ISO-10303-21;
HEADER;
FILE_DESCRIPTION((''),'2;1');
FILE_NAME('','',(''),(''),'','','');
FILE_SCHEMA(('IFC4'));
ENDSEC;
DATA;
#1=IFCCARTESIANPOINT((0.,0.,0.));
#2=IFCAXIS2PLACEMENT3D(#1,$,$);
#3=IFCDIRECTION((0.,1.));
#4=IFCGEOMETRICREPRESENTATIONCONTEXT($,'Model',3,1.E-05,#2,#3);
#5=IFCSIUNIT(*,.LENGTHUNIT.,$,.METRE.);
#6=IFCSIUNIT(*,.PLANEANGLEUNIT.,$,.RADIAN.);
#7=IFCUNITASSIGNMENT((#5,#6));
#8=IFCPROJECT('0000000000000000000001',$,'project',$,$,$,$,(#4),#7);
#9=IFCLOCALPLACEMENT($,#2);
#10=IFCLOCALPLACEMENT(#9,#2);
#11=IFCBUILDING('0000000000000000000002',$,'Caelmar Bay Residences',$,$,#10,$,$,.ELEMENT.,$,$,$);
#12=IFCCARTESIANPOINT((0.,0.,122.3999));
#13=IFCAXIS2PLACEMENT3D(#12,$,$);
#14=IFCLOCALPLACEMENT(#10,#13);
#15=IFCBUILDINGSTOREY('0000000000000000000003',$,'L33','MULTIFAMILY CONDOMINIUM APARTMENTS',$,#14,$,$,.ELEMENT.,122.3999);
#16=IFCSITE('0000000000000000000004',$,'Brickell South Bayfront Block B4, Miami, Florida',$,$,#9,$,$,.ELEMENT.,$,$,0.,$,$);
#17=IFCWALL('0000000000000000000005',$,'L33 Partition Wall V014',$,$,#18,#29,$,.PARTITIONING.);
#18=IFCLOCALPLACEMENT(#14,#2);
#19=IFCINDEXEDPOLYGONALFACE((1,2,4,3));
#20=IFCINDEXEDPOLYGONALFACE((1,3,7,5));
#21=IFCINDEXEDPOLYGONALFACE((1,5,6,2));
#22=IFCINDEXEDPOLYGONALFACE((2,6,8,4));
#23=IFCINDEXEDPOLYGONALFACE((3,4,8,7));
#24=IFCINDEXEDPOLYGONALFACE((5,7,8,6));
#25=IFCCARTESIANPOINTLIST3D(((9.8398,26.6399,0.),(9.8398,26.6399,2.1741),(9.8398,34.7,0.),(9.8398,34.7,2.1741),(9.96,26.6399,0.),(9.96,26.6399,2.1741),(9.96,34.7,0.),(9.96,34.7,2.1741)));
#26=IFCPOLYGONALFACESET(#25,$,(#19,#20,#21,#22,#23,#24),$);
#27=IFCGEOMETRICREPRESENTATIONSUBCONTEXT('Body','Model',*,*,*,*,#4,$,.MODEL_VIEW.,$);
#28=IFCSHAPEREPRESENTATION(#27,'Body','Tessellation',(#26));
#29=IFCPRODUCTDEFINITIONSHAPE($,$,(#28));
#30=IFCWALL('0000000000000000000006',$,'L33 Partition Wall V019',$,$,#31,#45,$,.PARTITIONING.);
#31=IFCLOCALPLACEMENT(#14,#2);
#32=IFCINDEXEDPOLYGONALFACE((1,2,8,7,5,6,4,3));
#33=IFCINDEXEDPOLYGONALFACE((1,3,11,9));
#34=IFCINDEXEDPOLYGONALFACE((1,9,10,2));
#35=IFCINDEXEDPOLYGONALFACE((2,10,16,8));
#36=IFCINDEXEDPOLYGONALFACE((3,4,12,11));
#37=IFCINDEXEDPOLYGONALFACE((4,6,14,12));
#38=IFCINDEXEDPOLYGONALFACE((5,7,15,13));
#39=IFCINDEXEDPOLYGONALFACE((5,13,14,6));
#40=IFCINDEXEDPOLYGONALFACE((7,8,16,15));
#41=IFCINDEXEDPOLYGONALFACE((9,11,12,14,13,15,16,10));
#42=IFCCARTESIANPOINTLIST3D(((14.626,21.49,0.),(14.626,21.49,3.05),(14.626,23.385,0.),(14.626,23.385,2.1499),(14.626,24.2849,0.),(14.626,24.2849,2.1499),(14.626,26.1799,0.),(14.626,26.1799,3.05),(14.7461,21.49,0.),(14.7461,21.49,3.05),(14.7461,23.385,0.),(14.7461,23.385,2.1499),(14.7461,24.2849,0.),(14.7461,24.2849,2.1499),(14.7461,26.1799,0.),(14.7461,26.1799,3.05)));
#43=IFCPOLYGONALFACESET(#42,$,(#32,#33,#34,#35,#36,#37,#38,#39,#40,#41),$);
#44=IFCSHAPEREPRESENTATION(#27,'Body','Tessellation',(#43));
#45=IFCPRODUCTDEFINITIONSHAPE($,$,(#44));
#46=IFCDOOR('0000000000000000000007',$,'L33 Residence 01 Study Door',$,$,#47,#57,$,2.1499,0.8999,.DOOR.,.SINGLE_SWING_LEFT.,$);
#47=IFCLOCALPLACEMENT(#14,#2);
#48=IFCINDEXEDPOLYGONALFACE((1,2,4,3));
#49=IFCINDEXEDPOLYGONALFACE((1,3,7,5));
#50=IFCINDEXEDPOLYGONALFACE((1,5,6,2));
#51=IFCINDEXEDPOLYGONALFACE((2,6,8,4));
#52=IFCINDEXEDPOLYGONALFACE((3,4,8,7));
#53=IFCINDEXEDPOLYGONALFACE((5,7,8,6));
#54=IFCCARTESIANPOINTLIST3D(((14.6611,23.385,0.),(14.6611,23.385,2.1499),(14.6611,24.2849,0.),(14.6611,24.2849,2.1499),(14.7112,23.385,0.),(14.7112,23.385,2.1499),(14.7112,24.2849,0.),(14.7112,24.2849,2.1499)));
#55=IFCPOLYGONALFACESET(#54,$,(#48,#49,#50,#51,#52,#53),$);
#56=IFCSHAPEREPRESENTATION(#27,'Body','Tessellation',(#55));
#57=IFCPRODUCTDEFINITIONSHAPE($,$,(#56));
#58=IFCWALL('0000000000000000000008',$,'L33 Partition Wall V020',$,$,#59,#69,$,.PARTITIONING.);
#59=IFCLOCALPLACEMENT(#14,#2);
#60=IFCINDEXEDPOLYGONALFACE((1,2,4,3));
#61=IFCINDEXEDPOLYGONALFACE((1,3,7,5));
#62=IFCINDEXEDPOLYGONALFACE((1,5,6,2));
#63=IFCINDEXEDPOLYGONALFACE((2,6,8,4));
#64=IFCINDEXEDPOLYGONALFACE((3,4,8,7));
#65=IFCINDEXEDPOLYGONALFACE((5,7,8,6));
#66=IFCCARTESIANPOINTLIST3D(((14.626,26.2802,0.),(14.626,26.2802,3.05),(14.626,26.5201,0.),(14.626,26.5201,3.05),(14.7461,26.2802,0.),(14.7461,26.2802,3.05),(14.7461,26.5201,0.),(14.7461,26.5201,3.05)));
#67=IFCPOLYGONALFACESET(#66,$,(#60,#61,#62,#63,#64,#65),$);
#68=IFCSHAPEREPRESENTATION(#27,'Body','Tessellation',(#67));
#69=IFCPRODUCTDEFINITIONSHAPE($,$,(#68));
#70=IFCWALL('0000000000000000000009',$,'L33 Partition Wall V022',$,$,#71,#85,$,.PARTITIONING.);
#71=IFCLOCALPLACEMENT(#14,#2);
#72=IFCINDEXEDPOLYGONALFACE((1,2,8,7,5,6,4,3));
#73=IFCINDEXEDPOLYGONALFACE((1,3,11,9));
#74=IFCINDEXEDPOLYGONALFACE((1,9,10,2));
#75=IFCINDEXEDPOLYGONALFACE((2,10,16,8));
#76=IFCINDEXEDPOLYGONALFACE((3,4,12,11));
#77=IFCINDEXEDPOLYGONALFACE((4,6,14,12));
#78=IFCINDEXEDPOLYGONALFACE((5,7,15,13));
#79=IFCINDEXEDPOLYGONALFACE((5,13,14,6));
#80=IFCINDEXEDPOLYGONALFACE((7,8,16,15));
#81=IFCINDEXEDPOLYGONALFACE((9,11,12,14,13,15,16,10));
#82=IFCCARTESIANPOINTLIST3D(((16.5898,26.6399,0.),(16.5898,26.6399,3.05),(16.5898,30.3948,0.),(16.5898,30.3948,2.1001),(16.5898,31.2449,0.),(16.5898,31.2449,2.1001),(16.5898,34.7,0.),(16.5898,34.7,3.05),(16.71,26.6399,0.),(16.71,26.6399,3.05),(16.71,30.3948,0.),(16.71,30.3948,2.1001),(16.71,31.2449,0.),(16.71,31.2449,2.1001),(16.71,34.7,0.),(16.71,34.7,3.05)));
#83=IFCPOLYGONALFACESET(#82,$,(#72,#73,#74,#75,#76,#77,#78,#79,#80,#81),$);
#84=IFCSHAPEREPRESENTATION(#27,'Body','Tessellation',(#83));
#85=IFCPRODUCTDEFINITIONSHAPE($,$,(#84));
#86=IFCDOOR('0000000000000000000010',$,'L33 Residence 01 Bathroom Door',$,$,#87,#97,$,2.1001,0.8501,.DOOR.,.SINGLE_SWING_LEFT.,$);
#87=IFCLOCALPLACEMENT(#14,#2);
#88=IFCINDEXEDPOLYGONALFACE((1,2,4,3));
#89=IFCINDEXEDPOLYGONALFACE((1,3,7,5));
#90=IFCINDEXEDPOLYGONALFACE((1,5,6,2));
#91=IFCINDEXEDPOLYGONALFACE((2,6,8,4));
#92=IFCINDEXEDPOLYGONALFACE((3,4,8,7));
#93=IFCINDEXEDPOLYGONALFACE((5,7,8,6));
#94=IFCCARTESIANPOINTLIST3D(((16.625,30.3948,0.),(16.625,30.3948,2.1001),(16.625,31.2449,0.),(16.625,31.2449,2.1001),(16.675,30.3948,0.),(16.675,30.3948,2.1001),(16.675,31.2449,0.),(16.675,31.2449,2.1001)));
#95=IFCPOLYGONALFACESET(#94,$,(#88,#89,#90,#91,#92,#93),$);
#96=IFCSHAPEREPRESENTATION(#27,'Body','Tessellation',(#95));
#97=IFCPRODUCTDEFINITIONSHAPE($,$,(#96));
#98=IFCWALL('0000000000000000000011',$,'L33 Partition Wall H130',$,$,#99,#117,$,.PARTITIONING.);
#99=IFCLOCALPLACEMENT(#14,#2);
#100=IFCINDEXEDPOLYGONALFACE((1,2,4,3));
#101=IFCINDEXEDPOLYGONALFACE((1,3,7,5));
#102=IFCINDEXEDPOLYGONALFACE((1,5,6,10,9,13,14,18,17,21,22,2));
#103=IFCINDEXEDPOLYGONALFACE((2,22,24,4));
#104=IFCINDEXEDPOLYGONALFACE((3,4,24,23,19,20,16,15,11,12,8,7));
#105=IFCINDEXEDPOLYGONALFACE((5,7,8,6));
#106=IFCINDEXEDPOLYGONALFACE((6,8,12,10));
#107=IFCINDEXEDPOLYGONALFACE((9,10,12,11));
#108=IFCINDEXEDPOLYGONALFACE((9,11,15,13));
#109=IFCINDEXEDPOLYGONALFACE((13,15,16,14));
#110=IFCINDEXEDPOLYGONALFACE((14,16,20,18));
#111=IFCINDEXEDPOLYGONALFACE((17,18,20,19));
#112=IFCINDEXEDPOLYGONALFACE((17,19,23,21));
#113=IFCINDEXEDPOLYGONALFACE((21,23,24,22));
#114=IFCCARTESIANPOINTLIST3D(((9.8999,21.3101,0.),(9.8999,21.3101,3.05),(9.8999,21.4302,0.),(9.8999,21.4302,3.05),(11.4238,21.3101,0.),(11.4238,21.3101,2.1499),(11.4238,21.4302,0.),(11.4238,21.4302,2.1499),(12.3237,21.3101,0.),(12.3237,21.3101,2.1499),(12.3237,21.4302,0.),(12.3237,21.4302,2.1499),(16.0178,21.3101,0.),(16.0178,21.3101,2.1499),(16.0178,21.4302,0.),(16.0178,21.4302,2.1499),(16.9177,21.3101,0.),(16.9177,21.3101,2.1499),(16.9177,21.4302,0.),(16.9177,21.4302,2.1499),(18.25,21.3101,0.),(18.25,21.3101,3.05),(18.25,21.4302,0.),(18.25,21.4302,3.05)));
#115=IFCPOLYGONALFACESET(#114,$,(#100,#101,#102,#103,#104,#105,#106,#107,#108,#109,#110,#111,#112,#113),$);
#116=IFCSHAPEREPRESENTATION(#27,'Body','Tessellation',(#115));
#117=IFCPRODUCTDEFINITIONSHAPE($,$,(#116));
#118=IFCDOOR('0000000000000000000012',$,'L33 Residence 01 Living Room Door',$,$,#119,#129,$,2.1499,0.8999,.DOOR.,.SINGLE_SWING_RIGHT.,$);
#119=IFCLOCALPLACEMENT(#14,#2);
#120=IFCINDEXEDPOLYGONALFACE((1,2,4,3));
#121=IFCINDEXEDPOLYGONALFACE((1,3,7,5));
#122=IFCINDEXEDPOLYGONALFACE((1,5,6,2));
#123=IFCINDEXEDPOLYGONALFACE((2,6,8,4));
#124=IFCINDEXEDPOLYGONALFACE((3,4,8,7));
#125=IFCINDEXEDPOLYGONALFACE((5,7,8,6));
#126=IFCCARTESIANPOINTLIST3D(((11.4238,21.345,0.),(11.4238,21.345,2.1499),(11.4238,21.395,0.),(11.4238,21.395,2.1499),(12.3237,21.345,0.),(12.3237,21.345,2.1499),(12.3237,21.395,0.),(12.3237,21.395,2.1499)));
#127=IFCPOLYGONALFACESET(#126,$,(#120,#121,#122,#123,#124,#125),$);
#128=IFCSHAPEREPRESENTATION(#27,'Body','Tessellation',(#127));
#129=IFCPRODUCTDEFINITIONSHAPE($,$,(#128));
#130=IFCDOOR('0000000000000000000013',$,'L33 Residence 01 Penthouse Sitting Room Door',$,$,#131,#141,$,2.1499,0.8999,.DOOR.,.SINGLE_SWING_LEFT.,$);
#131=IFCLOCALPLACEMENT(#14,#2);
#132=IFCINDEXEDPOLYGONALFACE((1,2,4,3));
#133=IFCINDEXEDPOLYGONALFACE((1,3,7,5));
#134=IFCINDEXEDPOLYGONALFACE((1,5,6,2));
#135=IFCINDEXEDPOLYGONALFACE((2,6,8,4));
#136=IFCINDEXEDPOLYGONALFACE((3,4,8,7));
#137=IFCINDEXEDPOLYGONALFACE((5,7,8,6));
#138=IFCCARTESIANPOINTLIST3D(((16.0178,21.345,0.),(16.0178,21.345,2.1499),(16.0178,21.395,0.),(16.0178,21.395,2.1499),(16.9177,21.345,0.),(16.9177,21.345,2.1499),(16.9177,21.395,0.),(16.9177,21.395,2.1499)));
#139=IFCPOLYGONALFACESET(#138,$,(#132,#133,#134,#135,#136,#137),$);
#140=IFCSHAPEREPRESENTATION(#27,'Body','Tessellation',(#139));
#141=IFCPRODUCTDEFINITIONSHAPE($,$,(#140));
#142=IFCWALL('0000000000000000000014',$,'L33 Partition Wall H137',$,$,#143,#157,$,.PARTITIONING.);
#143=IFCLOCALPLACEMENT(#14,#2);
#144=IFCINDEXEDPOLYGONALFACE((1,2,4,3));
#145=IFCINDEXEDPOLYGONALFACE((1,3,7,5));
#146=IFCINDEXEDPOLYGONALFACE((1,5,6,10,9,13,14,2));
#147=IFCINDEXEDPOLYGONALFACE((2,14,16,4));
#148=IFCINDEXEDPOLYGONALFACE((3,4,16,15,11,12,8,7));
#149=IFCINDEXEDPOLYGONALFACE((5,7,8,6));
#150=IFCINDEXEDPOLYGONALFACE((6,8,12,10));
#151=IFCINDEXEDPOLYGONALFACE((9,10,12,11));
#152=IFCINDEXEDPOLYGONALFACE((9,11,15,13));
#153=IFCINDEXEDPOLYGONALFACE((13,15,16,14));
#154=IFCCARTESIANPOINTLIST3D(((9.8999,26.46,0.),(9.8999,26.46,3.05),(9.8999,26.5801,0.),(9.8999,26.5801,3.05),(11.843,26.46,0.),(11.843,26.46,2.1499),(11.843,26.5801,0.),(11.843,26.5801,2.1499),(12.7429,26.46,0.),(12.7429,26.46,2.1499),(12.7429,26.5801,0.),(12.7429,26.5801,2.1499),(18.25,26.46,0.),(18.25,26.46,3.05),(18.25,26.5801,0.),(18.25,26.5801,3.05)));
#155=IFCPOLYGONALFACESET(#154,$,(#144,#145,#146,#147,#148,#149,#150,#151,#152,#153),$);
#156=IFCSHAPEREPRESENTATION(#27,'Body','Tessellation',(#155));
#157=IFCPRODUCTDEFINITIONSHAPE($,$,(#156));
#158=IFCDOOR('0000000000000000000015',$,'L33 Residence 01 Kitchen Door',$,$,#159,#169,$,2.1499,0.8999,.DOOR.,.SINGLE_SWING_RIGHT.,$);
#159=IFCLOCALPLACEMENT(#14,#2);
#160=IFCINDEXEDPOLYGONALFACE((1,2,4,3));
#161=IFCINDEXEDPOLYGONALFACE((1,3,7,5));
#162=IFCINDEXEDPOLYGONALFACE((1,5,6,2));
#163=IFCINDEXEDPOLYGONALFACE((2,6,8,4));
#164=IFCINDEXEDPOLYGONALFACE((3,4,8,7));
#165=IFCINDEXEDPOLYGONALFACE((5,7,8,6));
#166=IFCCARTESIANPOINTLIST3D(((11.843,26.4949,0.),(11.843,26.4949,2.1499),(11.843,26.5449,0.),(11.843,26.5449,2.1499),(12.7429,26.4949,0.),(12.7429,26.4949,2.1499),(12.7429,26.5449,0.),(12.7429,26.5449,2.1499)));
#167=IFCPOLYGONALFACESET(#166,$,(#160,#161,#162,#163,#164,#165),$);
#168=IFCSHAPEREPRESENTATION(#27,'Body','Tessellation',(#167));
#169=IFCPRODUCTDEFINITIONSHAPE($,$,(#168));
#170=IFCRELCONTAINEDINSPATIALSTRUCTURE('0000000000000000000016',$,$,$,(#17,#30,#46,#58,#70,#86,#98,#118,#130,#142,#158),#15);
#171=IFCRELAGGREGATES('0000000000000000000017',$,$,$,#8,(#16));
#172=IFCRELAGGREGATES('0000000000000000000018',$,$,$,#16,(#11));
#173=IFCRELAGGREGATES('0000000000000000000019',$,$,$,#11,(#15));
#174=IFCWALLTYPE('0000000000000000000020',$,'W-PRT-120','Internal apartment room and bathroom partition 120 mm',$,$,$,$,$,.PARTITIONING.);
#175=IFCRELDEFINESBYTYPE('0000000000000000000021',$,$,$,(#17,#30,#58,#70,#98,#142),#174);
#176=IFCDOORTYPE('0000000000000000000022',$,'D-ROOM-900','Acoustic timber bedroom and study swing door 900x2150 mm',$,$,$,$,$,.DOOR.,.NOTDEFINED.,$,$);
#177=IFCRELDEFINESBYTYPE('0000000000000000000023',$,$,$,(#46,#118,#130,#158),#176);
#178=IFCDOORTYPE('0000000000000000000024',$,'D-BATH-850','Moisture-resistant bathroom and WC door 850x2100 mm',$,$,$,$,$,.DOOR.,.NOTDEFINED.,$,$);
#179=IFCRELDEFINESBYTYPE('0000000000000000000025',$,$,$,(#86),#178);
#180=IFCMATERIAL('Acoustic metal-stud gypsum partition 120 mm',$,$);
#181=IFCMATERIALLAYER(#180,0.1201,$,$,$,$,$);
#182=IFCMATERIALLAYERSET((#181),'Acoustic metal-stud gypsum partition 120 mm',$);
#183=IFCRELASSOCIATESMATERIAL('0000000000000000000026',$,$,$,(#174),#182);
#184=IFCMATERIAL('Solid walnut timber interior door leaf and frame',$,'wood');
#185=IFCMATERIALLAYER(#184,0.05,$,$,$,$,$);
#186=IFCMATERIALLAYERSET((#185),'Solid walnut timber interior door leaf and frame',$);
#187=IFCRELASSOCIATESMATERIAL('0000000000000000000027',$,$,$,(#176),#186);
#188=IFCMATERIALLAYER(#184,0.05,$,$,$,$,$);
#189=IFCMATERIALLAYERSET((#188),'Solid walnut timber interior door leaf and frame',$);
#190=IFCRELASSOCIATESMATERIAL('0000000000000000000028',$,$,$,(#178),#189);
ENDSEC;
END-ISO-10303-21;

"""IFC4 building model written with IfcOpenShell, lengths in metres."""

from ifc_helpers import new_model, si_unit, direction, frame, frame_2d, origin, place, context, subcontext, project, spatial, rectangle, extrude, material, layer, layer_set, type_object, element, fill, save


model = new_model("IFC4")

# Units and contexts
model_context = context("Model", 3, precision=1e-05, world=origin(), true_north=direction((0.0, 1.0)))
body_context = subcontext(model_context, "Body", "Model", "MODEL_VIEW")
ifc_project = project(units=[si_unit("LENGTHUNIT", "METRE"), si_unit("PLANEANGLEUNIT", "RADIAN")], contexts=[model_context])

# Site, building, storey
site_placement = place(None, origin())
site = spatial("IfcSite", under=ifc_project, at=site_placement, Name="Brickell South Bayfront Block B4, Miami, Florida", CompositionType="ELEMENT", RefElevation=0.0)
building_placement = place(site_placement, origin())
building = spatial("IfcBuilding", under=site, at=building_placement, Name="Caelmar Bay Residences", CompositionType="ELEMENT")
storey_placement = place(building_placement, frame((0.0, 0.0, 122.3999)))
storey = spatial("IfcBuildingStorey", under=building, at=storey_placement, Name="L33", Description="MULTIFAMILY CONDOMINIUM APARTMENTS", CompositionType="ELEMENT", Elevation=122.3999)

# Shared definitions
ifc_material_1 = material(Name="Acoustic metal-stud gypsum partition 120 mm")
ifc_layer_1 = layer(ifc_material_1, 0.1201)
ifc_layer_set_1 = layer_set([ifc_layer_1], Name="Acoustic metal-stud gypsum partition 120 mm")
wall_type_1 = type_object("IfcWallType", Name="W-PRT-120", Description="Internal apartment room and bathroom partition 120 mm", PredefinedType="PARTITIONING", material=ifc_layer_set_1)

# Shared definitions
ifc_material_2 = material(Name="Solid walnut timber interior door leaf and frame", Category="wood")
ifc_layer_2 = layer(ifc_material_2, 0.05)
ifc_layer_set_2 = layer_set([ifc_layer_2], Name="Solid walnut timber interior door leaf and frame")
door_type_1 = type_object("IfcDoorType", Name="D-ROOM-900", Description="Acoustic timber bedroom and study swing door 900x2150 mm", OperationType="NOTDEFINED", PredefinedType="DOOR", material=ifc_layer_set_2)

# Wall
wall_1_placement = place(storey_placement, frame((9.8999, 26.6399, 0.0), z_axis=(0.0, 0.0, 1.0), x_axis=(0.0, 1.0, 0.0)))
element("IfcWall", 1, at=wall_1_placement, inside=storey, type_object=wall_type_1, Name="L33 Partition Wall V014", PredefinedType="PARTITIONING", context=body_context, shape_type="SweptSolid", body=[
    extrude(rectangle(XDim=8.0601, YDim=0.1201, at=frame_2d((4.03, 0.0))), origin(), (0.0, 0.0, 1.0), 2.1741),
])

# Wall, opening, door
wall_2_placement = place(storey_placement, frame((14.686, 21.49, 0.0), z_axis=(0.0, 0.0, 1.0), x_axis=(0.0, 1.0, 0.0)))
wall_2 = element("IfcWall", 2, at=wall_2_placement, inside=storey, type_object=wall_type_1, Name="L33 Partition Wall V019", PredefinedType="PARTITIONING", context=body_context, shape_type="SweptSolid", body=[
    extrude(rectangle(XDim=4.6899, YDim=0.1201, at=frame_2d((2.345, 0.0))), origin(), (0.0, 0.0, 1.0), 3.05),
])
opening_1_placement = place(wall_2_placement, frame((1.895, 0.0, 0.0)))
opening_1 = element("IfcOpeningElement", 3, at=opening_1_placement, cuts=wall_2, PredefinedType="OPENING", context=body_context, shape_type="SweptSolid", body=[
    extrude(rectangle(XDim=0.8999, YDim=2.1499, at=frame_2d((0.45, 1.075))), frame((0.0, 0.0701, 0.0), z_axis=(0.0, -1.0, 0.0), x_axis=(1.0, 0.0, 0.0)), (0.0, 0.0, 1.0), 0.1401),
])
door_1_placement = place(opening_1_placement, origin())
door_1 = element("IfcDoor", 4, at=door_1_placement, inside=storey, type_object=door_type_1, Name="L33 Residence 01 Study Door", OperationType="SINGLE_SWING_LEFT", OverallHeight=2.1499, OverallWidth=0.8999, PredefinedType="DOOR", context=body_context, shape_type="SweptSolid", body=[
    extrude(rectangle(XDim=0.8999, YDim=2.1499, at=frame_2d((0.45, 1.075))), frame((0.0, 0.0249, 0.0), z_axis=(0.0, -1.0, 0.0), x_axis=(1.0, 0.0, 0.0)), (0.0, 0.0, 1.0), 0.05),
])
fill(opening_1, door_1)

# Wall
wall_3_placement = place(storey_placement, frame((14.686, 26.28, 0.0), z_axis=(0.0, 0.0, 1.0), x_axis=(0.0, 1.0, 0.0)))
element("IfcWall", 5, at=wall_3_placement, inside=storey, type_object=wall_type_1, Name="L33 Partition Wall V020", PredefinedType="PARTITIONING", context=body_context, shape_type="SweptSolid", body=[
    extrude(rectangle(XDim=0.24, YDim=0.1201, at=frame_2d((0.1201, 0.0))), origin(), (0.0, 0.0, 1.0), 3.05),
])

# Wall, opening, door
wall_4_placement = place(storey_placement, frame((16.6499, 26.6399, 0.0), z_axis=(0.0, 0.0, 1.0), x_axis=(0.0, 1.0, 0.0)))
wall_4 = element("IfcWall", 6, at=wall_4_placement, inside=storey, type_object=wall_type_1, Name="L33 Partition Wall V022", PredefinedType="PARTITIONING", context=body_context, shape_type="SweptSolid", body=[
    extrude(rectangle(XDim=8.0601, YDim=0.1201, at=frame_2d((4.03, 0.0))), origin(), (0.0, 0.0, 1.0), 3.05),
])
opening_2_placement = place(wall_4_placement, frame((3.7549, 0.0, 0.0)))
opening_2 = element("IfcOpeningElement", 7, at=opening_2_placement, cuts=wall_4, PredefinedType="OPENING", context=body_context, shape_type="SweptSolid", body=[
    extrude(rectangle(XDim=0.8501, YDim=2.1001, at=frame_2d((0.425, 1.05))), frame((0.0, 0.0701, 0.0), z_axis=(0.0, -1.0, 0.0), x_axis=(1.0, 0.0, 0.0)), (0.0, 0.0, 1.0), 0.1401),
])
ifc_layer_3 = layer(ifc_material_2, 0.05)
ifc_layer_set_3 = layer_set([ifc_layer_3], Name="Solid walnut timber interior door leaf and frame")
door_type_2 = type_object("IfcDoorType", Name="D-BATH-850", Description="Moisture-resistant bathroom and WC door 850x2100 mm", OperationType="NOTDEFINED", PredefinedType="DOOR", material=ifc_layer_set_3)
door_2_placement = place(opening_2_placement, origin())
door_2 = element("IfcDoor", 8, at=door_2_placement, inside=storey, type_object=door_type_2, Name="L33 Residence 01 Bathroom Door", OperationType="SINGLE_SWING_LEFT", OverallHeight=2.1001, OverallWidth=0.8501, PredefinedType="DOOR", context=body_context, shape_type="SweptSolid", body=[
    extrude(rectangle(XDim=0.8501, YDim=2.1001, at=frame_2d((0.425, 1.05))), frame((0.0, 0.0249, 0.0), z_axis=(0.0, -1.0, 0.0), x_axis=(1.0, 0.0, 0.0)), (0.0, 0.0, 1.0), 0.05),
])
fill(opening_2, door_2)

# Wall, openings, doors
wall_5_placement = place(storey_placement, frame((9.8999, 21.3701, 0.0), z_axis=(0.0, 0.0, 1.0), x_axis=(1.0, 0.0, 0.0)))
wall_5 = element("IfcWall", 9, at=wall_5_placement, inside=storey, type_object=wall_type_1, Name="L33 Partition Wall H130", PredefinedType="PARTITIONING", context=body_context, shape_type="SweptSolid", body=[
    extrude(rectangle(XDim=8.3501, YDim=0.1201, at=frame_2d((4.175, 0.0))), origin(), (0.0, 0.0, 1.0), 3.05),
])
opening_3_placement = place(wall_5_placement, frame((1.5239, 0.0, 0.0)))
opening_3 = element("IfcOpeningElement", 10, at=opening_3_placement, cuts=wall_5, PredefinedType="OPENING", context=body_context, shape_type="SweptSolid", body=[
    extrude(rectangle(XDim=0.8999, YDim=2.1499, at=frame_2d((0.45, 1.075))), frame((0.0, 0.0701, 0.0), z_axis=(0.0, -1.0, 0.0), x_axis=(1.0, 0.0, 0.0)), (0.0, 0.0, 1.0), 0.1401),
])
opening_4_placement = place(wall_5_placement, frame((6.1179, 0.0, 0.0)))
opening_4 = element("IfcOpeningElement", 11, at=opening_4_placement, cuts=wall_5, PredefinedType="OPENING", context=body_context, shape_type="SweptSolid", body=[
    extrude(rectangle(XDim=0.8999, YDim=2.1499, at=frame_2d((0.45, 1.075))), frame((0.0, 0.0701, 0.0), z_axis=(0.0, -1.0, 0.0), x_axis=(1.0, 0.0, 0.0)), (0.0, 0.0, 1.0), 0.1401),
])
door_3_placement = place(opening_3_placement, origin())
door_3 = element("IfcDoor", 12, at=door_3_placement, inside=storey, type_object=door_type_1, Name="L33 Residence 01 Living Room Door", OperationType="SINGLE_SWING_RIGHT", OverallHeight=2.1499, OverallWidth=0.8999, PredefinedType="DOOR", context=body_context, shape_type="SweptSolid", body=[
    extrude(rectangle(XDim=0.8999, YDim=2.1499, at=frame_2d((0.45, 1.075))), frame((0.0, 0.0249, 0.0), z_axis=(0.0, -1.0, 0.0), x_axis=(1.0, 0.0, 0.0)), (0.0, 0.0, 1.0), 0.05),
])
fill(opening_3, door_3)
door_4_placement = place(opening_4_placement, origin())
door_4 = element("IfcDoor", 13, at=door_4_placement, inside=storey, type_object=door_type_1, Name="L33 Residence 01 Penthouse Sitting Room Door", OperationType="SINGLE_SWING_LEFT", OverallHeight=2.1499, OverallWidth=0.8999, PredefinedType="DOOR", context=body_context, shape_type="SweptSolid", body=[
    extrude(rectangle(XDim=0.8999, YDim=2.1499, at=frame_2d((0.45, 1.075))), frame((0.0, 0.0249, 0.0), z_axis=(0.0, -1.0, 0.0), x_axis=(1.0, 0.0, 0.0)), (0.0, 0.0, 1.0), 0.05),
])
fill(opening_4, door_4)

# Wall, opening, door
wall_6_placement = place(storey_placement, frame((9.8999, 26.52, 0.0), z_axis=(0.0, 0.0, 1.0), x_axis=(1.0, 0.0, 0.0)))
wall_6 = element("IfcWall", 14, at=wall_6_placement, inside=storey, type_object=wall_type_1, Name="L33 Partition Wall H137", PredefinedType="PARTITIONING", context=body_context, shape_type="SweptSolid", body=[
    extrude(rectangle(XDim=8.3501, YDim=0.1201, at=frame_2d((4.175, 0.0))), origin(), (0.0, 0.0, 1.0), 3.05),
])
opening_5_placement = place(wall_6_placement, frame((1.9431, 0.0, 0.0)))
opening_5 = element("IfcOpeningElement", 15, at=opening_5_placement, cuts=wall_6, PredefinedType="OPENING", context=body_context, shape_type="SweptSolid", body=[
    extrude(rectangle(XDim=0.8999, YDim=2.1499, at=frame_2d((0.45, 1.075))), frame((0.0, 0.0701, 0.0), z_axis=(0.0, -1.0, 0.0), x_axis=(1.0, 0.0, 0.0)), (0.0, 0.0, 1.0), 0.1401),
])
door_5_placement = place(opening_5_placement, origin())
door_5 = element("IfcDoor", 16, at=door_5_placement, inside=storey, type_object=door_type_1, Name="L33 Residence 01 Kitchen Door", OperationType="SINGLE_SWING_RIGHT", OverallHeight=2.1499, OverallWidth=0.8999, PredefinedType="DOOR", context=body_context, shape_type="SweptSolid", body=[
    extrude(rectangle(XDim=0.8999, YDim=2.1499, at=frame_2d((0.45, 1.075))), frame((0.0, 0.0249, 0.0), z_axis=(0.0, -1.0, 0.0), x_axis=(1.0, 0.0, 0.0)), (0.0, 0.0, 1.0), 0.05),
])
fill(opening_5, door_5)

save(model, "model.ifc")
